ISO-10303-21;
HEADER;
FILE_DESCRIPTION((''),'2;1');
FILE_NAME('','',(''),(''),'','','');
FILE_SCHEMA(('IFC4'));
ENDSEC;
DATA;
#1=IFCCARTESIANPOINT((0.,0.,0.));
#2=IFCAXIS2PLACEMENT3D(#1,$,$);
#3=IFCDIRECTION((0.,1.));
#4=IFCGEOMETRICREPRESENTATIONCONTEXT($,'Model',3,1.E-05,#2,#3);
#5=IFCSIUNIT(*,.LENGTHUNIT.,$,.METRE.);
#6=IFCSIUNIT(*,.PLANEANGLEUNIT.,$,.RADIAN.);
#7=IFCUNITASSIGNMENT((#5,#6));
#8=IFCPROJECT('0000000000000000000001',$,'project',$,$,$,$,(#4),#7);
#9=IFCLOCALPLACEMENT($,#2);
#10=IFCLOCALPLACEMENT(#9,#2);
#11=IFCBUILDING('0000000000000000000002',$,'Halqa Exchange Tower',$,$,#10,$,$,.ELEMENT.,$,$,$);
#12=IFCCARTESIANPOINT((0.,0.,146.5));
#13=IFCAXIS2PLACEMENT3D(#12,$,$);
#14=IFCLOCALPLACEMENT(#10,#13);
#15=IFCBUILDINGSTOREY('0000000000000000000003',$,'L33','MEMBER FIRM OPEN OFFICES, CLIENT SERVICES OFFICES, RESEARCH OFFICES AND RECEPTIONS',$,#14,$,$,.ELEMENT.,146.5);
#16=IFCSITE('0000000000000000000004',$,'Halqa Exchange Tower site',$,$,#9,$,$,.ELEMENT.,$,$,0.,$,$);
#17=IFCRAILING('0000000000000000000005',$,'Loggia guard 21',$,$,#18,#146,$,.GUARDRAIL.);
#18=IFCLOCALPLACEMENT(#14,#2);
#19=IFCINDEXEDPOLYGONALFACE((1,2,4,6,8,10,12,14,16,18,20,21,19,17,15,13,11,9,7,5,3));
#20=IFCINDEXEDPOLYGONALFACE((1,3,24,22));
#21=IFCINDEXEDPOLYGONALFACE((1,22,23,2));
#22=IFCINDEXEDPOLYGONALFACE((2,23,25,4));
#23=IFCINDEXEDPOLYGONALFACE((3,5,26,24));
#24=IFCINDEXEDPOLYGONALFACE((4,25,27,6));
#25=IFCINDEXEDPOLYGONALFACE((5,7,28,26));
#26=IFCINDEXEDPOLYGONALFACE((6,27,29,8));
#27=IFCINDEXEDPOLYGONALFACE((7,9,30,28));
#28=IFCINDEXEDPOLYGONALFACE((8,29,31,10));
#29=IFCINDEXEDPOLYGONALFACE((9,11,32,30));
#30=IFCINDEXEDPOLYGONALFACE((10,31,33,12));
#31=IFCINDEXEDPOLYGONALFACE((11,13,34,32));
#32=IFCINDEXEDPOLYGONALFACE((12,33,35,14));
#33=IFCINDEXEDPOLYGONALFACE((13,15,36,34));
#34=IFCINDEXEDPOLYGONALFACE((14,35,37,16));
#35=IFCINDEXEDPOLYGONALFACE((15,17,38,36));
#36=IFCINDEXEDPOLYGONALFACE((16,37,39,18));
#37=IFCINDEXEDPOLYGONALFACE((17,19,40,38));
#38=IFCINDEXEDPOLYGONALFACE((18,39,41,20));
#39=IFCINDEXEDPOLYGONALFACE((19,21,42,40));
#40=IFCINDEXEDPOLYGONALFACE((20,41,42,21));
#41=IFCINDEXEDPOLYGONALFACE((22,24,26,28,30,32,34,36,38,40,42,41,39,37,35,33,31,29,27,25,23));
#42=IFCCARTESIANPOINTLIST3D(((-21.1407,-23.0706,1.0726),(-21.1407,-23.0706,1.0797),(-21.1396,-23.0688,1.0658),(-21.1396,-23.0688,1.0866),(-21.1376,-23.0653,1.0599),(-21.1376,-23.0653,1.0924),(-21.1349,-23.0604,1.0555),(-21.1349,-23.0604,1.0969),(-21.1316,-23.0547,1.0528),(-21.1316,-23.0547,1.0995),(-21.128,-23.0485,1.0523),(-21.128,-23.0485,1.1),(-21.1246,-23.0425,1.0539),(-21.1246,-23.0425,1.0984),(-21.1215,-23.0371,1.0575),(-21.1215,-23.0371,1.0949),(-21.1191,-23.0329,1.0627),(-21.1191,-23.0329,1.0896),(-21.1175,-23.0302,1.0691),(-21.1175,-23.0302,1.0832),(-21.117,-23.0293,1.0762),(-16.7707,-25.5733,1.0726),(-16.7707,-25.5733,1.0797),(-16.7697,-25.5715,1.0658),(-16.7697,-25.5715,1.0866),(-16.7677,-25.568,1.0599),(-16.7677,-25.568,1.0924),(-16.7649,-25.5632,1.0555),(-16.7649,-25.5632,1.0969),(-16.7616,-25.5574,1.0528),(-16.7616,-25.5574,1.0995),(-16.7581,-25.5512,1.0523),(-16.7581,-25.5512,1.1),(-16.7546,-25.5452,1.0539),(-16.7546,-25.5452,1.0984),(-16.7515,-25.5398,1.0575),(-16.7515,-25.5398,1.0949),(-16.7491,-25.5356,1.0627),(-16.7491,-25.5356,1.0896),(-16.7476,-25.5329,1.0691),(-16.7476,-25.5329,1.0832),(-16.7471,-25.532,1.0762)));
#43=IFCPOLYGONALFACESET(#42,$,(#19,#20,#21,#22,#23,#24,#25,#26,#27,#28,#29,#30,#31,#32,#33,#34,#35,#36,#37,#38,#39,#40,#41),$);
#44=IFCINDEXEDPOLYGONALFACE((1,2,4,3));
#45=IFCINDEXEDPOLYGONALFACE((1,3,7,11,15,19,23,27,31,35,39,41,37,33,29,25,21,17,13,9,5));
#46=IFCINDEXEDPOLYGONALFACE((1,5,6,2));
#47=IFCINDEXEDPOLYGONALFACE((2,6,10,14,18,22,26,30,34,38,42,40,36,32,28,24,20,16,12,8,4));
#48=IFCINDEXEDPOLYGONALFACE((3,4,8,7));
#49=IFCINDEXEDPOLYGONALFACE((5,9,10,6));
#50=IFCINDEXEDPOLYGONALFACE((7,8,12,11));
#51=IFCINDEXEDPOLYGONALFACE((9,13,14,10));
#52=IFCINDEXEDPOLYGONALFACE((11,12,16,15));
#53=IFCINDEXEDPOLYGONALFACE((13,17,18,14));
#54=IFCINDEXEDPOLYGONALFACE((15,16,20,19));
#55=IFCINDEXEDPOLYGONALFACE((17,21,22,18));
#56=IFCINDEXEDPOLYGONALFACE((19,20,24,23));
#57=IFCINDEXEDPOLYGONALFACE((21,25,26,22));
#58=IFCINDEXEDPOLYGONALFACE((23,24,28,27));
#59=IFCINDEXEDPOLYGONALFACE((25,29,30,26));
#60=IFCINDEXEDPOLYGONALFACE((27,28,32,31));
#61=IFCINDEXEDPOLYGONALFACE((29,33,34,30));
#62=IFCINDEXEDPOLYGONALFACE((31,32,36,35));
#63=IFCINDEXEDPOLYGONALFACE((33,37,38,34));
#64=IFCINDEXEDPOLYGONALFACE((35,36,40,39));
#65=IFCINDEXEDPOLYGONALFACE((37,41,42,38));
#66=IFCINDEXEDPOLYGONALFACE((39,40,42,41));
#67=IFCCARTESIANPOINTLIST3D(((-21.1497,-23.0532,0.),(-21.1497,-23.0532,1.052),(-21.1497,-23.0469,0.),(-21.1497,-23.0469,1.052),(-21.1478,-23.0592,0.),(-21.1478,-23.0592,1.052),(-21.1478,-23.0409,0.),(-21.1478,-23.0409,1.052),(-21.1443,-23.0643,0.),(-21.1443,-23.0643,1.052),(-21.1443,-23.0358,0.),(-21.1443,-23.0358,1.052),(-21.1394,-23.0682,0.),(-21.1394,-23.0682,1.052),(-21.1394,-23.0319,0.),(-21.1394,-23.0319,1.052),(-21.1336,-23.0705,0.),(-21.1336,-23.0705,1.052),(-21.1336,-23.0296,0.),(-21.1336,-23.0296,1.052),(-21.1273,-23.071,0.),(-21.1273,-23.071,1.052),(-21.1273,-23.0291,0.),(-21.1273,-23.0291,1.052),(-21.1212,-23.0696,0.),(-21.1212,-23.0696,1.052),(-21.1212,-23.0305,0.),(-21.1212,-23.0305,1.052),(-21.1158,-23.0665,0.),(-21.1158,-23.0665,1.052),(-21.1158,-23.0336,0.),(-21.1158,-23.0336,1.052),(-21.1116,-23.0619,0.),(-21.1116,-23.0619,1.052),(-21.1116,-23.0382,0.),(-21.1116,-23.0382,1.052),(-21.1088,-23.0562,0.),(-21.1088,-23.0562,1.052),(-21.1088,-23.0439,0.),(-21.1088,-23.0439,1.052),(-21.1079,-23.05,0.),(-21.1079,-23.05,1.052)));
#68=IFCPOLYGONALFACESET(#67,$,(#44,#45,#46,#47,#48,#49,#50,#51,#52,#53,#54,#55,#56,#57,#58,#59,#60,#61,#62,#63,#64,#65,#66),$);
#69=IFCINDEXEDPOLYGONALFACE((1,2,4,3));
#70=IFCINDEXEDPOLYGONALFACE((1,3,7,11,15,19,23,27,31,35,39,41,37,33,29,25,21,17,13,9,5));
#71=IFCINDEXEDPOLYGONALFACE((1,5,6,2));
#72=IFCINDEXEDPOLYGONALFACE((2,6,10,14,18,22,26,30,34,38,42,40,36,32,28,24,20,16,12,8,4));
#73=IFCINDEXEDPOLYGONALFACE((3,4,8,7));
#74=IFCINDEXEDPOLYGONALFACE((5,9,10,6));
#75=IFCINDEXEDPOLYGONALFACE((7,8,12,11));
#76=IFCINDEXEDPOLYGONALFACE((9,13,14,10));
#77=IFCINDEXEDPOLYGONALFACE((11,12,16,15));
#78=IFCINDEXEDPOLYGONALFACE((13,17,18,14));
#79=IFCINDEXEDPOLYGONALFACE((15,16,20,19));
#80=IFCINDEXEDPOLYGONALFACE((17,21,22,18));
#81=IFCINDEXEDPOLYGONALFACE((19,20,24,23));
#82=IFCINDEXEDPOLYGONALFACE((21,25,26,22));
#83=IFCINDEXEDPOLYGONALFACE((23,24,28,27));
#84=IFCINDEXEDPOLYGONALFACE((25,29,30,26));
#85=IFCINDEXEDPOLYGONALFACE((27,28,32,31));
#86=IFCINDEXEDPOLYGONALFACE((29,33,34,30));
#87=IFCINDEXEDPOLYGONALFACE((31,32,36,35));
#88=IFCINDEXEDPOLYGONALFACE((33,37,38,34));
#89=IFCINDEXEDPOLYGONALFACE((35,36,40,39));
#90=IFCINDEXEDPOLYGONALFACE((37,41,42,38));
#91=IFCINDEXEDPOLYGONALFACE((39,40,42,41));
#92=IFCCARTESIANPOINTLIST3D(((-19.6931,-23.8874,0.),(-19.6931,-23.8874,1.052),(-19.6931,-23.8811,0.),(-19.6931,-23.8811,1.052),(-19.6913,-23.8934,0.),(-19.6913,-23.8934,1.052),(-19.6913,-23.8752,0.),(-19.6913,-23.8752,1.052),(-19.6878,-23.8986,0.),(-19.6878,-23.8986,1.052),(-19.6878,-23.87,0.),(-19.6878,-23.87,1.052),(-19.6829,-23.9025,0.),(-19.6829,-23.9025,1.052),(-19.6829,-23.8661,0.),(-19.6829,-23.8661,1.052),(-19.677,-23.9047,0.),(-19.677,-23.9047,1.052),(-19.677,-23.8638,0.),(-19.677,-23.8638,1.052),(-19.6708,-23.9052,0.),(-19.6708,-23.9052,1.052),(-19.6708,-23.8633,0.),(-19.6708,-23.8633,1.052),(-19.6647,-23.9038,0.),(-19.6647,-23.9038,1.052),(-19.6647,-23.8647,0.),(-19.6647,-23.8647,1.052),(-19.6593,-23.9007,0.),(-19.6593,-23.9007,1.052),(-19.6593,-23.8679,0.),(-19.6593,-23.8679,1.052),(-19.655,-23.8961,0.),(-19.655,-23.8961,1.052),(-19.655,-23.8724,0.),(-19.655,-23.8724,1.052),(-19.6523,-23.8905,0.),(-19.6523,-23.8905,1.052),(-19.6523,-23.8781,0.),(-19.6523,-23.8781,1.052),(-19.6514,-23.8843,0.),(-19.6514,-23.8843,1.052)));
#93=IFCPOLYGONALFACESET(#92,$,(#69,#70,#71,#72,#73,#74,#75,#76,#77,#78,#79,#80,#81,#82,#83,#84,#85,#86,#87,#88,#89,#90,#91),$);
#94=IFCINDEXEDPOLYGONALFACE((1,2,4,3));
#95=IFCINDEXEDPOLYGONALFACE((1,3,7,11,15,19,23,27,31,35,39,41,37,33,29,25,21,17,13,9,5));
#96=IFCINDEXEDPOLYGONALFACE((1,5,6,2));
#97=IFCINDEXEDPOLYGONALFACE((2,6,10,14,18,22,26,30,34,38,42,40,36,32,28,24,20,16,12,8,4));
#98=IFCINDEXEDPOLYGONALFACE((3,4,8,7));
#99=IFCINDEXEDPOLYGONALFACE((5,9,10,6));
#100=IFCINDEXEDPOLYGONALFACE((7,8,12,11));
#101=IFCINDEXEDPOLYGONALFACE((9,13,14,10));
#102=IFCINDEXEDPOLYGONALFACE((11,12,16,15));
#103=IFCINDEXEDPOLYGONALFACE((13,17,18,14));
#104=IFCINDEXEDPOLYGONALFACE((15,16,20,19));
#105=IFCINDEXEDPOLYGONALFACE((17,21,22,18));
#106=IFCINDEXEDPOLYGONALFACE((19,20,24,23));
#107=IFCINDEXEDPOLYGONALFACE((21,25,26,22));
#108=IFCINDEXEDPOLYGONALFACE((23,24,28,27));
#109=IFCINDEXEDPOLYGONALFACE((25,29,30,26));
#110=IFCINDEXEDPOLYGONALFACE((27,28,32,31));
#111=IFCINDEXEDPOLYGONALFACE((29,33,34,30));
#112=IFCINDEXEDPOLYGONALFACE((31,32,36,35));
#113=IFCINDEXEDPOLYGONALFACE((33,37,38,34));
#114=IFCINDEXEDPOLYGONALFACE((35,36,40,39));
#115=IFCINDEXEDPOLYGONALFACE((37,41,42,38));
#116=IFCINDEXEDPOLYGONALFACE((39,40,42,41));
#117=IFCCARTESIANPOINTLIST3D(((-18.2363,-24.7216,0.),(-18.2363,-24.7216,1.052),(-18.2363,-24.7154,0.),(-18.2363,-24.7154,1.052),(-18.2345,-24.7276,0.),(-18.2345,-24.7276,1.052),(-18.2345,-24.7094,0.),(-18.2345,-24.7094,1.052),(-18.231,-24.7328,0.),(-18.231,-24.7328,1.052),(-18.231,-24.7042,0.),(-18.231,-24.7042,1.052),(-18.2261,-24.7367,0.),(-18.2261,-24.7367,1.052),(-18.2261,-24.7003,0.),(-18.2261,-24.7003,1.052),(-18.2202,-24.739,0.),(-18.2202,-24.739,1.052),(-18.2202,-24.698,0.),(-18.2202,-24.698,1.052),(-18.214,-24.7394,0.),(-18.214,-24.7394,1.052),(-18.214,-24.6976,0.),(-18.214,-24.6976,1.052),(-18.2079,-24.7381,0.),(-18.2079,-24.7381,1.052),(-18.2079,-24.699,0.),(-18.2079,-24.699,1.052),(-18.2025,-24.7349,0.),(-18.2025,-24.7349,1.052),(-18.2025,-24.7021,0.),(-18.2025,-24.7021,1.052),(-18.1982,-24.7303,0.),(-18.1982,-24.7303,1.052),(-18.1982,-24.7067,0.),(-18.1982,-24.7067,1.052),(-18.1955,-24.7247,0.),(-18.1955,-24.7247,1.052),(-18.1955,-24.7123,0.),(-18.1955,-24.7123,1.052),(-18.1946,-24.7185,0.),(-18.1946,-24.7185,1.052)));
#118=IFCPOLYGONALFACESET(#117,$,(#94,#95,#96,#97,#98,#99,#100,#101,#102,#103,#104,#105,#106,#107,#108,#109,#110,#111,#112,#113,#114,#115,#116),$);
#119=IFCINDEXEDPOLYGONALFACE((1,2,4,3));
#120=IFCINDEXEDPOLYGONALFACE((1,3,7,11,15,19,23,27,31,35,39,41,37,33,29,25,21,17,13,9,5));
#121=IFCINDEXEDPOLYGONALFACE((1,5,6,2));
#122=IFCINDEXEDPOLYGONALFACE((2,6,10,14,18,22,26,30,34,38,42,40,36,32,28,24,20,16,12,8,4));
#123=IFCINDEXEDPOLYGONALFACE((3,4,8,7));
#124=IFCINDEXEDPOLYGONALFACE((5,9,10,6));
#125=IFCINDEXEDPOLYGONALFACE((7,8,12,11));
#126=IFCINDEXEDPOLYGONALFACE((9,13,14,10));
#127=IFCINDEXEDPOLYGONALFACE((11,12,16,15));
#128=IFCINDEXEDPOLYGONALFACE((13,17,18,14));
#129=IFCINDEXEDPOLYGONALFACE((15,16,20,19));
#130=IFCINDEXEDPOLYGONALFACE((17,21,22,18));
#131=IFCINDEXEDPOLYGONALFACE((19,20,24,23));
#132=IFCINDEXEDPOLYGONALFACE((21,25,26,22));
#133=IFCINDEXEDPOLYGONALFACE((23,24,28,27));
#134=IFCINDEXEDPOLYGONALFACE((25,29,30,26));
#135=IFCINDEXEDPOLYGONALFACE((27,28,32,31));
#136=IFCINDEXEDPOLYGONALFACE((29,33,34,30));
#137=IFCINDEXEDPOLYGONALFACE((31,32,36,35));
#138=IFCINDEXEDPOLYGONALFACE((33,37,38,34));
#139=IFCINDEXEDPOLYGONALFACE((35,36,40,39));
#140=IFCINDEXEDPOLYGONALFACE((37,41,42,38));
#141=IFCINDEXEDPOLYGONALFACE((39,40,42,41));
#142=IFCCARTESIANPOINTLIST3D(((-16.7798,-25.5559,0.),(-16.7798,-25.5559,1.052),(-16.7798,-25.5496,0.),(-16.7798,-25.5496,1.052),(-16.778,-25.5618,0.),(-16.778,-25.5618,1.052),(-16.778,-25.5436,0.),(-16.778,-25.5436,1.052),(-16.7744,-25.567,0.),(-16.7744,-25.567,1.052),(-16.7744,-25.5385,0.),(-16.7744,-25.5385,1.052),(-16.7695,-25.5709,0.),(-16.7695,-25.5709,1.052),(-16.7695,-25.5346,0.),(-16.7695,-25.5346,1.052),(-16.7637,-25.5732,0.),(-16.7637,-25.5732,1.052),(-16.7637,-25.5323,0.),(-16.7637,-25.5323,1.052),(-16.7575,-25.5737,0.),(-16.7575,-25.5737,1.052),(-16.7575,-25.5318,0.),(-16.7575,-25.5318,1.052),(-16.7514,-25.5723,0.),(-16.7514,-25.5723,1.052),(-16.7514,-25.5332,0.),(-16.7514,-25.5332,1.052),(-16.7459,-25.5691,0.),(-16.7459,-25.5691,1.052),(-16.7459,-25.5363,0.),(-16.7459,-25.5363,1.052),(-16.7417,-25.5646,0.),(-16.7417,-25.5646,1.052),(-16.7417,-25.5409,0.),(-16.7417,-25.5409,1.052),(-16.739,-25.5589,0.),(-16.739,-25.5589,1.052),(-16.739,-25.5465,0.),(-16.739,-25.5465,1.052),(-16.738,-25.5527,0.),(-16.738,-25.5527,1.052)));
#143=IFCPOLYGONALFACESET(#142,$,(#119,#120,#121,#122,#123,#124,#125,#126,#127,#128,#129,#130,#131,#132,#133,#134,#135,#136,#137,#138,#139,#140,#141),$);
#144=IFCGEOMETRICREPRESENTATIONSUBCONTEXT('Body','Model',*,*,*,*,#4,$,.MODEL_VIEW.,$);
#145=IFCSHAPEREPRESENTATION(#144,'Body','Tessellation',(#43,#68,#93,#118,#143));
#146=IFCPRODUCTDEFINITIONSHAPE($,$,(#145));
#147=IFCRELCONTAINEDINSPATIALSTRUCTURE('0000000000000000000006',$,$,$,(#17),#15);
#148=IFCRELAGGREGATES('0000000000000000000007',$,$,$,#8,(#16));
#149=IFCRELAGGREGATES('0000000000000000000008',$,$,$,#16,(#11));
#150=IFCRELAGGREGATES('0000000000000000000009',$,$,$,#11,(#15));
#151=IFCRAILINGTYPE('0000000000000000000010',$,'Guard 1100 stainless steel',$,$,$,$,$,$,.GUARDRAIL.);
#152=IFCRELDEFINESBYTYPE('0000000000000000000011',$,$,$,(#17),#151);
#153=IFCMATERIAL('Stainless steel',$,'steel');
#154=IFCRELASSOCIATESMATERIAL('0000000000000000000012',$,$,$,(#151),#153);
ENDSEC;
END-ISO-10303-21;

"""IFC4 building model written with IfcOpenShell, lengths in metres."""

from ifc_helpers import new_model, si_unit, direction, frame, origin, origin_2d, place, context, subcontext, project, spatial, circle, extrude, material, type_object, element, save


model = new_model("IFC4")

# Units and contexts
model_context = context("Model", 3, precision=1e-05, world=origin(), true_north=direction((0.0, 1.0)))
body_context = subcontext(model_context, "Body", "Model", "MODEL_VIEW")
ifc_project = project(units=[si_unit("LENGTHUNIT", "METRE"), si_unit("PLANEANGLEUNIT", "RADIAN")], contexts=[model_context])

# Site, building, storey
site_placement = place(None, origin())
site = spatial("IfcSite", under=ifc_project, at=site_placement, Name="Halqa Exchange Tower site", CompositionType="ELEMENT", RefElevation=0.0)
building_placement = place(site_placement, origin())
building = spatial("IfcBuilding", under=site, at=building_placement, Name="Halqa Exchange Tower", CompositionType="ELEMENT")
storey_placement = place(building_placement, frame((0.0, 0.0, 146.5)))
storey = spatial("IfcBuildingStorey", under=building, at=storey_placement, Name="L33", Description="MEMBER FIRM OPEN OFFICES, CLIENT SERVICES OFFICES, RESEARCH OFFICES AND RECEPTIONS", CompositionType="ELEMENT", Elevation=146.5)

# Railing
ifc_material_1 = material(Name="Stainless steel", Category="steel")
railing_type = type_object("IfcRailingType", Name="Guard 1100 stainless steel", PredefinedType="GUARDRAIL", material=ifc_material_1)
railing_1_placement = place(storey_placement, frame((-21.1289, -23.05, 0.0)))
element("IfcRailing", 1, at=railing_1_placement, inside=storey, type_object=railing_type, Name="Loggia guard 21", PredefinedType="GUARDRAIL", context=body_context, shape_type="SweptSolid", body=[
    extrude(circle(Radius=0.0239, at=origin_2d()), frame((0.0, 0.0, 1.0762), z_axis=(0.867762, -0.496979, 0.0), x_axis=(0.496979, 0.867762, 0.0)), (0.0, 0.0, 1.0), 5.0359),
    extrude(circle(Radius=0.021, at=origin_2d()), origin(), (0.0, 0.0, 1.0), 1.052),
    extrude(circle(Radius=0.021, at=origin_2d()), frame((1.4565, -0.8342, 0.0)), (0.0, 0.0, 1.0), 1.052),
    extrude(circle(Radius=0.021, at=origin_2d()), frame((2.9133, -1.6685, 0.0)), (0.0, 0.0, 1.0), 1.052),
    extrude(circle(Radius=0.021, at=origin_2d()), frame((4.3699, -2.5027, 0.0)), (0.0, 0.0, 1.0), 1.052),
])

save(model, "model.ifc")
